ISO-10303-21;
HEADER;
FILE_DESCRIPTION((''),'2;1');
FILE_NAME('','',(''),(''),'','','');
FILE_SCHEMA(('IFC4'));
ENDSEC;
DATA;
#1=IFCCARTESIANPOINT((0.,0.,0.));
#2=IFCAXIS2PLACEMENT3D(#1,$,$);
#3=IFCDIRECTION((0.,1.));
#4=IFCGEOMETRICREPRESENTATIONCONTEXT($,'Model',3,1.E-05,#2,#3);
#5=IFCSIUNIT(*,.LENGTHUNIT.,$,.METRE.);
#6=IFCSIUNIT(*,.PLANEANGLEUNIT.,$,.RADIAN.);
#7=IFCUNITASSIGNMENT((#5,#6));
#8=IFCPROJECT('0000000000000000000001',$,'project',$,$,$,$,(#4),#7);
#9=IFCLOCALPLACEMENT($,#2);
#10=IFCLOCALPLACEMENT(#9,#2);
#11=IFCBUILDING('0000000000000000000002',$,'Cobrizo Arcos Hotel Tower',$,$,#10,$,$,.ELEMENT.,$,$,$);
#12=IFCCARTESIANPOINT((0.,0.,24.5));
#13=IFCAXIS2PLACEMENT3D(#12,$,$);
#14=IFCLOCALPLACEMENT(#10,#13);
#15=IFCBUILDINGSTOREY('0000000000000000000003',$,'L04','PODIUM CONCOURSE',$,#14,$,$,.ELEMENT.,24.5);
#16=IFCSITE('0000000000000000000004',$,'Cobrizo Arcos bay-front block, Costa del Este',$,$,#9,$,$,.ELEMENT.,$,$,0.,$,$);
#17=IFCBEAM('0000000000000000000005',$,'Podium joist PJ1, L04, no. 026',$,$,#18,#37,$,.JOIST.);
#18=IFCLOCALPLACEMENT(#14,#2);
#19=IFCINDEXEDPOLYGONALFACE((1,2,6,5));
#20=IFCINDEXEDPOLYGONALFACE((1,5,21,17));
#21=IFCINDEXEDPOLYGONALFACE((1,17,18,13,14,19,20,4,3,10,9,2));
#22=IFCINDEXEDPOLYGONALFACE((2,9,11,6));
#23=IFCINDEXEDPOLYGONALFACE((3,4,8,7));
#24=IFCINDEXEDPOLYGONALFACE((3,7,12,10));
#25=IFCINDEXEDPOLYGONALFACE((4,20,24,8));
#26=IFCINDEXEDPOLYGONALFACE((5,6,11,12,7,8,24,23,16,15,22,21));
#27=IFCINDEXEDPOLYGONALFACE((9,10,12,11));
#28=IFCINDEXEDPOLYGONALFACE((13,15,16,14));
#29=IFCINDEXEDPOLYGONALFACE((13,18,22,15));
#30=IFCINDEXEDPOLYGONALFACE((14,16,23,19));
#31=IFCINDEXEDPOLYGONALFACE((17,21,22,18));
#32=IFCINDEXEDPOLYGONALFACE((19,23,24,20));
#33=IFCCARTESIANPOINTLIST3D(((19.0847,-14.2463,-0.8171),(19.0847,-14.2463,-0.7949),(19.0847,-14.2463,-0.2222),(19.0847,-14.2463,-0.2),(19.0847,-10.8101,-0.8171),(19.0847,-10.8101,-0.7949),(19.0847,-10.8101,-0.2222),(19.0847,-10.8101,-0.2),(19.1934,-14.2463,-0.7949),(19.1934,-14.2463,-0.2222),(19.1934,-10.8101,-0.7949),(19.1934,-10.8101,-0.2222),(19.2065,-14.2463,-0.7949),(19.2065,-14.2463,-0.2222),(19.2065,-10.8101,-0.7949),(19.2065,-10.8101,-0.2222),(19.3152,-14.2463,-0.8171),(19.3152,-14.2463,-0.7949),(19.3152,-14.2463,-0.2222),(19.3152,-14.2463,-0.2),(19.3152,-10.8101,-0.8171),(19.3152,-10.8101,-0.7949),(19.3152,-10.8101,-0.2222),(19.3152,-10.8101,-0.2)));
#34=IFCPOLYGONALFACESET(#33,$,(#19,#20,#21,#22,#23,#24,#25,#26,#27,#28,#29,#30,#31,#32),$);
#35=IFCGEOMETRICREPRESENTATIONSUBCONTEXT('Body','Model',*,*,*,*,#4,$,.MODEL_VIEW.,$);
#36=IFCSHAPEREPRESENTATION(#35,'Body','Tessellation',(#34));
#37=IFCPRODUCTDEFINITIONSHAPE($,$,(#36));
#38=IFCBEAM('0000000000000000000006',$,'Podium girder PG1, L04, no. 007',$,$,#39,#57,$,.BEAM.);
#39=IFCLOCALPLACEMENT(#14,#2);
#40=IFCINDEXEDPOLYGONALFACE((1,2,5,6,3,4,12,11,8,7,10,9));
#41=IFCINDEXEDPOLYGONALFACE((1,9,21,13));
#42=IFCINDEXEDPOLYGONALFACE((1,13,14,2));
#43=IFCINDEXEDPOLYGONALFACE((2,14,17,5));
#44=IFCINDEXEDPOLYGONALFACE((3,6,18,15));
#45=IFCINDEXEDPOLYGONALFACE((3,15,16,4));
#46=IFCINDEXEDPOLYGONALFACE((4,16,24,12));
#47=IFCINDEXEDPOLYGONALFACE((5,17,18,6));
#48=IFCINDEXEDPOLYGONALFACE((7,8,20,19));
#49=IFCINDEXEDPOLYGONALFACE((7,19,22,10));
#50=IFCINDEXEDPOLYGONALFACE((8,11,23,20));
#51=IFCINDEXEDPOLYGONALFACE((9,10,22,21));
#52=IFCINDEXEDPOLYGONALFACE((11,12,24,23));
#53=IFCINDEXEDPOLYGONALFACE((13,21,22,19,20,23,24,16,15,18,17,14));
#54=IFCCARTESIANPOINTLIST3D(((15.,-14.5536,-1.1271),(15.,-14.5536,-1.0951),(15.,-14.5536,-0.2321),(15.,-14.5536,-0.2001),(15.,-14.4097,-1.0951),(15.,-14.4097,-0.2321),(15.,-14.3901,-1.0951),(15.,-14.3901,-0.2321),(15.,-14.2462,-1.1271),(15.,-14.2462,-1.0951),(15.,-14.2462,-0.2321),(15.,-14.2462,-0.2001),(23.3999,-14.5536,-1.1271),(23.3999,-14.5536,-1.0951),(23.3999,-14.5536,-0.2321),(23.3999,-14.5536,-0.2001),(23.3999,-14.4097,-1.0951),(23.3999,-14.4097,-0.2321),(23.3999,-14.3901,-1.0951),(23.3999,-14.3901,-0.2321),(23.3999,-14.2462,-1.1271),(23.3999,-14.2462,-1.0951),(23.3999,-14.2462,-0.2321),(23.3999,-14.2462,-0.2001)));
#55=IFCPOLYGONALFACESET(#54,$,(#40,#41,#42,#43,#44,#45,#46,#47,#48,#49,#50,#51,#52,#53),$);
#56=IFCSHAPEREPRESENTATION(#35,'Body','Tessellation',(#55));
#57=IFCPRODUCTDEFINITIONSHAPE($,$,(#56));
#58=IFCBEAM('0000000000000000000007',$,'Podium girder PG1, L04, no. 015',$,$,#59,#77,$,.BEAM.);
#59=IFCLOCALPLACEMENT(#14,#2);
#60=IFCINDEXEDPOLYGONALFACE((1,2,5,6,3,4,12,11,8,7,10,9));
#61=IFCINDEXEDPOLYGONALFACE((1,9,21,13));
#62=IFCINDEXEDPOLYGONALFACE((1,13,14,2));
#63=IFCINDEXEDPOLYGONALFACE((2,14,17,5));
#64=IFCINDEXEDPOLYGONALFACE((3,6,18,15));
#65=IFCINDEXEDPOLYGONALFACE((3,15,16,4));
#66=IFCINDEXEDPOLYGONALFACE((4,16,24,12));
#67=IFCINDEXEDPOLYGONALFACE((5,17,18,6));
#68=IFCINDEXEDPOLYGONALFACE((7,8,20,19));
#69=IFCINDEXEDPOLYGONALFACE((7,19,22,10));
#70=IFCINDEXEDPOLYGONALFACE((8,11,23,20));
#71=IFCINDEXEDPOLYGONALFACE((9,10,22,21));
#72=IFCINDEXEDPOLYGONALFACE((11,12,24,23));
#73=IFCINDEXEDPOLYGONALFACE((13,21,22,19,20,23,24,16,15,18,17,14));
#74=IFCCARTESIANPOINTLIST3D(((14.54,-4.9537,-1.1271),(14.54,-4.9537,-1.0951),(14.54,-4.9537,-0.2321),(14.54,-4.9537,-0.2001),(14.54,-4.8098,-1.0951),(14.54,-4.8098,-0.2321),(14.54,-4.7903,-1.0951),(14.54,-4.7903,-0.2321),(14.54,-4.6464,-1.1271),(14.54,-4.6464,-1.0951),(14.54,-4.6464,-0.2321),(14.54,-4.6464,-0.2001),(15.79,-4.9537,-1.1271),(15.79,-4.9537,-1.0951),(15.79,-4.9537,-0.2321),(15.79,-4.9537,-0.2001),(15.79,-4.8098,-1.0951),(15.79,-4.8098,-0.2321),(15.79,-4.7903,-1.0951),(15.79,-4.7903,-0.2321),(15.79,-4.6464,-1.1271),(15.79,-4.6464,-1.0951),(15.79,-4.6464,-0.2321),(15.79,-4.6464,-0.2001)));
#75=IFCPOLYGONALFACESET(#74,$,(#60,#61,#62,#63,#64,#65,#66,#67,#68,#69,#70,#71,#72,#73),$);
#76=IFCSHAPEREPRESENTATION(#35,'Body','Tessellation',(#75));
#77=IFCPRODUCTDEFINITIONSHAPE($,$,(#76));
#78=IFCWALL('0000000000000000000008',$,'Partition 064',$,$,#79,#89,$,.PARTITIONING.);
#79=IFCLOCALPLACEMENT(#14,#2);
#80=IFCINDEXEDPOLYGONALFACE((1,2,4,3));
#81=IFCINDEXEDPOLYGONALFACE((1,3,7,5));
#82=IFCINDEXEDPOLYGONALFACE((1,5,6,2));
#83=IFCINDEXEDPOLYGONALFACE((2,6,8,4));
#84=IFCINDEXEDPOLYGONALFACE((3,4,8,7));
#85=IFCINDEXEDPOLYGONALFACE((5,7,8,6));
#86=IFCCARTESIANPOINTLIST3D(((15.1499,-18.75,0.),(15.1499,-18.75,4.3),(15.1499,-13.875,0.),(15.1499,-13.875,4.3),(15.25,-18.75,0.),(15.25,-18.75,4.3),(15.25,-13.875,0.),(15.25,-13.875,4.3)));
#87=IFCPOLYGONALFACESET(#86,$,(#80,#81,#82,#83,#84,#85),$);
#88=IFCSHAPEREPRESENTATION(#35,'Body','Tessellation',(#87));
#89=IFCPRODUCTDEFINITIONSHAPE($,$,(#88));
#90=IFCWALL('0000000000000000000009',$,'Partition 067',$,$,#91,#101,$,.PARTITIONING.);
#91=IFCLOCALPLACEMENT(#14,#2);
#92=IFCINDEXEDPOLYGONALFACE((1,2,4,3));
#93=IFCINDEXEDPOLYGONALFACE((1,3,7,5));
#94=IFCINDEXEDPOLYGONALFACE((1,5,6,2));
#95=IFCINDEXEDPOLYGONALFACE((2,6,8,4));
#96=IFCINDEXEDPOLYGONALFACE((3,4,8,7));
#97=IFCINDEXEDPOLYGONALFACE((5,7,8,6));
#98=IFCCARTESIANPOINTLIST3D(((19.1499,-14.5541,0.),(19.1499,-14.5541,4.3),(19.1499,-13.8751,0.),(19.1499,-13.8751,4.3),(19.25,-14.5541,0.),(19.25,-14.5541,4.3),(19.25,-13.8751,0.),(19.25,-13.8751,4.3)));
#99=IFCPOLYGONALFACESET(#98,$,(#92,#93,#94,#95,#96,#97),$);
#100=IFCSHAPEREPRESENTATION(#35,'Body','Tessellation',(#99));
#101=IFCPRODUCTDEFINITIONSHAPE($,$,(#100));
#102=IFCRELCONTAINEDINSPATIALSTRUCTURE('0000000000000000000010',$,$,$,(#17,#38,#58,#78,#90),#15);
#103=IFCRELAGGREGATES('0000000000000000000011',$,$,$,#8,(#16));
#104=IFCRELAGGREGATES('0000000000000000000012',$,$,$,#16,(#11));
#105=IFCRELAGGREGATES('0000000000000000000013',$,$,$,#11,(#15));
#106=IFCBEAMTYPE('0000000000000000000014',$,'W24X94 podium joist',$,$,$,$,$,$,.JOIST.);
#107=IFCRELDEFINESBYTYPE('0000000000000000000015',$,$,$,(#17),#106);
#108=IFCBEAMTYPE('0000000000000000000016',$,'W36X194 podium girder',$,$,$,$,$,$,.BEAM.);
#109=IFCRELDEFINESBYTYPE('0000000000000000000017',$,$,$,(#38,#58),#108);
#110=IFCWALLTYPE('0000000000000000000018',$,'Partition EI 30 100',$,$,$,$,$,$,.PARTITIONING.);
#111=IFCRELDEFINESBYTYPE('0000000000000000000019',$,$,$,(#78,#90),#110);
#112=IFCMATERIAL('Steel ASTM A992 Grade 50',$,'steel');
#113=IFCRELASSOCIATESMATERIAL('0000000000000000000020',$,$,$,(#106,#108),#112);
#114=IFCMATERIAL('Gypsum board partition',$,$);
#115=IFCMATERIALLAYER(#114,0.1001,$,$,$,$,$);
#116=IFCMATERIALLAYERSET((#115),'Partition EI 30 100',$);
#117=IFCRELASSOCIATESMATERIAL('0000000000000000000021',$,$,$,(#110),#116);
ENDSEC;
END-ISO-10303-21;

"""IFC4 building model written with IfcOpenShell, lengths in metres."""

from ifc_helpers import new_model, si_unit, direction, frame, frame_2d, origin, origin_2d, place, context, subcontext, project, spatial, rectangle, i_section, extrude, material, layer, layer_set, material_profile, profile_set, type_object, element, save


model = new_model("IFC4")

# Units and contexts
model_context = context("Model", 3, precision=1e-05, world=origin(), true_north=direction((0.0, 1.0)))
body_context = subcontext(model_context, "Body", "Model", "MODEL_VIEW")
ifc_project = project(units=[si_unit("LENGTHUNIT", "METRE"), si_unit("PLANEANGLEUNIT", "RADIAN")], contexts=[model_context])

# Site, building, storey
site_placement = place(None, origin())
site = spatial("IfcSite", under=ifc_project, at=site_placement, Name="Cobrizo Arcos bay-front block, Costa del Este", CompositionType="ELEMENT", RefElevation=0.0)
building_placement = place(site_placement, origin())
building = spatial("IfcBuilding", under=site, at=building_placement, Name="Cobrizo Arcos Hotel Tower", CompositionType="ELEMENT")
storey_placement = place(building_placement, frame((0.0, 0.0, 24.5)))
storey = spatial("IfcBuildingStorey", under=building, at=storey_placement, Name="L04", Description="PODIUM CONCOURSE", CompositionType="ELEMENT", Elevation=24.5)

# Beams
ifc_material_1 = material(Name="Steel ASTM A992 Grade 50", Category="steel")
ifc_material_profile_1 = material_profile(ifc_material_1, i_section(OverallWidth=0.2305, OverallDepth=0.6172, WebThickness=0.0132, FlangeThickness=0.0222, at=origin_2d()), Name="W24X94")
ifc_profile_set_1 = profile_set([ifc_material_profile_1], Name="Steel ASTM A992 Grade 50")
beam_type_1 = type_object("IfcBeamType", Name="W24X94 podium joist", PredefinedType="JOIST", material=ifc_profile_set_1)
beam_1_placement = place(storey_placement, frame((19.2, -14.2463, -0.5085), z_axis=(0.0, 1.0, 0.0), x_axis=(-1.0, 0.0, 0.0)))
element("IfcBeam", 1, at=beam_1_placement, inside=storey, type_object=beam_type_1, Name="Podium joist PJ1, L04, no. 026", PredefinedType="JOIST", context=body_context, shape_type="SweptSolid", body=[
    extrude(i_section(OverallWidth=0.2305, OverallDepth=0.6172, WebThickness=0.0132, FlangeThickness=0.0222, at=origin_2d()), origin(), (0.0, 0.0, 1.0), 3.4363),
])
ifc_material_profile_2 = material_profile(ifc_material_1, i_section(OverallWidth=0.3074, OverallDepth=0.927, WebThickness=0.0195, FlangeThickness=0.032, at=origin_2d()), Name="W36X194")
ifc_profile_set_2 = profile_set([ifc_material_profile_2], Name="Steel ASTM A992 Grade 50")
beam_type_2 = type_object("IfcBeamType", Name="W36X194 podium girder", PredefinedType="BEAM", material=ifc_profile_set_2)
beam_2_placement = place(storey_placement, frame((15.0, -14.3999, -0.6636), z_axis=(1.0, 0.0, 0.0), x_axis=(0.0, 1.0, 0.0)))
element("IfcBeam", 2, at=beam_2_placement, inside=storey, type_object=beam_type_2, Name="Podium girder PG1, L04, no. 007", PredefinedType="BEAM", context=body_context, shape_type="SweptSolid", body=[
    extrude(i_section(OverallWidth=0.3074, OverallDepth=0.927, WebThickness=0.0195, FlangeThickness=0.032, at=origin_2d()), origin(), (0.0, 0.0, 1.0), 8.3999),
])
beam_3_placement = place(storey_placement, frame((14.54, -4.8, -0.6636), z_axis=(1.0, 0.0, 0.0), x_axis=(0.0, 1.0, 0.0)))
element("IfcBeam", 3, at=beam_3_placement, inside=storey, type_object=beam_type_2, Name="Podium girder PG1, L04, no. 015", PredefinedType="BEAM", context=body_context, shape_type="SweptSolid", body=[
    extrude(i_section(OverallWidth=0.3074, OverallDepth=0.927, WebThickness=0.0195, FlangeThickness=0.032, at=origin_2d()), origin(), (0.0, 0.0, 1.0), 1.25),
])

# Walls
ifc_material_2 = material(Name="Gypsum board partition")
ifc_layer_1 = layer(ifc_material_2, 0.1001)
ifc_layer_set_1 = layer_set([ifc_layer_1], Name="Partition EI 30 100")
wall_type_1 = type_object("IfcWallType", Name="Partition EI 30 100", PredefinedType="PARTITIONING", material=ifc_layer_set_1)
wall_1_placement = place(storey_placement, frame((15.2, -18.75, 0.0), z_axis=(0.0, 0.0, 1.0), x_axis=(0.0, 1.0, 0.0)))
element("IfcWall", 4, at=wall_1_placement, inside=storey, type_object=wall_type_1, Name="Partition 064", PredefinedType="PARTITIONING", context=body_context, shape_type="SweptSolid", body=[
    extrude(rectangle(XDim=4.875, YDim=0.1001, at=frame_2d((2.4375, 0.0))), origin(), (0.0, 0.0, 1.0), 4.3),
])
wall_2_placement = place(storey_placement, frame((19.2, -14.554, 0.0), z_axis=(0.0, 0.0, 1.0), x_axis=(0.0, 1.0, 0.0)))
element("IfcWall", 5, at=wall_2_placement, inside=storey, type_object=wall_type_1, Name="Partition 067", PredefinedType="PARTITIONING", context=body_context, shape_type="SweptSolid", body=[
    extrude(rectangle(XDim=0.679, YDim=0.1001, at=frame_2d((0.3394, 0.0))), origin(), (0.0, 0.0, 1.0), 4.3),
])

save(model, "model.ifc")
